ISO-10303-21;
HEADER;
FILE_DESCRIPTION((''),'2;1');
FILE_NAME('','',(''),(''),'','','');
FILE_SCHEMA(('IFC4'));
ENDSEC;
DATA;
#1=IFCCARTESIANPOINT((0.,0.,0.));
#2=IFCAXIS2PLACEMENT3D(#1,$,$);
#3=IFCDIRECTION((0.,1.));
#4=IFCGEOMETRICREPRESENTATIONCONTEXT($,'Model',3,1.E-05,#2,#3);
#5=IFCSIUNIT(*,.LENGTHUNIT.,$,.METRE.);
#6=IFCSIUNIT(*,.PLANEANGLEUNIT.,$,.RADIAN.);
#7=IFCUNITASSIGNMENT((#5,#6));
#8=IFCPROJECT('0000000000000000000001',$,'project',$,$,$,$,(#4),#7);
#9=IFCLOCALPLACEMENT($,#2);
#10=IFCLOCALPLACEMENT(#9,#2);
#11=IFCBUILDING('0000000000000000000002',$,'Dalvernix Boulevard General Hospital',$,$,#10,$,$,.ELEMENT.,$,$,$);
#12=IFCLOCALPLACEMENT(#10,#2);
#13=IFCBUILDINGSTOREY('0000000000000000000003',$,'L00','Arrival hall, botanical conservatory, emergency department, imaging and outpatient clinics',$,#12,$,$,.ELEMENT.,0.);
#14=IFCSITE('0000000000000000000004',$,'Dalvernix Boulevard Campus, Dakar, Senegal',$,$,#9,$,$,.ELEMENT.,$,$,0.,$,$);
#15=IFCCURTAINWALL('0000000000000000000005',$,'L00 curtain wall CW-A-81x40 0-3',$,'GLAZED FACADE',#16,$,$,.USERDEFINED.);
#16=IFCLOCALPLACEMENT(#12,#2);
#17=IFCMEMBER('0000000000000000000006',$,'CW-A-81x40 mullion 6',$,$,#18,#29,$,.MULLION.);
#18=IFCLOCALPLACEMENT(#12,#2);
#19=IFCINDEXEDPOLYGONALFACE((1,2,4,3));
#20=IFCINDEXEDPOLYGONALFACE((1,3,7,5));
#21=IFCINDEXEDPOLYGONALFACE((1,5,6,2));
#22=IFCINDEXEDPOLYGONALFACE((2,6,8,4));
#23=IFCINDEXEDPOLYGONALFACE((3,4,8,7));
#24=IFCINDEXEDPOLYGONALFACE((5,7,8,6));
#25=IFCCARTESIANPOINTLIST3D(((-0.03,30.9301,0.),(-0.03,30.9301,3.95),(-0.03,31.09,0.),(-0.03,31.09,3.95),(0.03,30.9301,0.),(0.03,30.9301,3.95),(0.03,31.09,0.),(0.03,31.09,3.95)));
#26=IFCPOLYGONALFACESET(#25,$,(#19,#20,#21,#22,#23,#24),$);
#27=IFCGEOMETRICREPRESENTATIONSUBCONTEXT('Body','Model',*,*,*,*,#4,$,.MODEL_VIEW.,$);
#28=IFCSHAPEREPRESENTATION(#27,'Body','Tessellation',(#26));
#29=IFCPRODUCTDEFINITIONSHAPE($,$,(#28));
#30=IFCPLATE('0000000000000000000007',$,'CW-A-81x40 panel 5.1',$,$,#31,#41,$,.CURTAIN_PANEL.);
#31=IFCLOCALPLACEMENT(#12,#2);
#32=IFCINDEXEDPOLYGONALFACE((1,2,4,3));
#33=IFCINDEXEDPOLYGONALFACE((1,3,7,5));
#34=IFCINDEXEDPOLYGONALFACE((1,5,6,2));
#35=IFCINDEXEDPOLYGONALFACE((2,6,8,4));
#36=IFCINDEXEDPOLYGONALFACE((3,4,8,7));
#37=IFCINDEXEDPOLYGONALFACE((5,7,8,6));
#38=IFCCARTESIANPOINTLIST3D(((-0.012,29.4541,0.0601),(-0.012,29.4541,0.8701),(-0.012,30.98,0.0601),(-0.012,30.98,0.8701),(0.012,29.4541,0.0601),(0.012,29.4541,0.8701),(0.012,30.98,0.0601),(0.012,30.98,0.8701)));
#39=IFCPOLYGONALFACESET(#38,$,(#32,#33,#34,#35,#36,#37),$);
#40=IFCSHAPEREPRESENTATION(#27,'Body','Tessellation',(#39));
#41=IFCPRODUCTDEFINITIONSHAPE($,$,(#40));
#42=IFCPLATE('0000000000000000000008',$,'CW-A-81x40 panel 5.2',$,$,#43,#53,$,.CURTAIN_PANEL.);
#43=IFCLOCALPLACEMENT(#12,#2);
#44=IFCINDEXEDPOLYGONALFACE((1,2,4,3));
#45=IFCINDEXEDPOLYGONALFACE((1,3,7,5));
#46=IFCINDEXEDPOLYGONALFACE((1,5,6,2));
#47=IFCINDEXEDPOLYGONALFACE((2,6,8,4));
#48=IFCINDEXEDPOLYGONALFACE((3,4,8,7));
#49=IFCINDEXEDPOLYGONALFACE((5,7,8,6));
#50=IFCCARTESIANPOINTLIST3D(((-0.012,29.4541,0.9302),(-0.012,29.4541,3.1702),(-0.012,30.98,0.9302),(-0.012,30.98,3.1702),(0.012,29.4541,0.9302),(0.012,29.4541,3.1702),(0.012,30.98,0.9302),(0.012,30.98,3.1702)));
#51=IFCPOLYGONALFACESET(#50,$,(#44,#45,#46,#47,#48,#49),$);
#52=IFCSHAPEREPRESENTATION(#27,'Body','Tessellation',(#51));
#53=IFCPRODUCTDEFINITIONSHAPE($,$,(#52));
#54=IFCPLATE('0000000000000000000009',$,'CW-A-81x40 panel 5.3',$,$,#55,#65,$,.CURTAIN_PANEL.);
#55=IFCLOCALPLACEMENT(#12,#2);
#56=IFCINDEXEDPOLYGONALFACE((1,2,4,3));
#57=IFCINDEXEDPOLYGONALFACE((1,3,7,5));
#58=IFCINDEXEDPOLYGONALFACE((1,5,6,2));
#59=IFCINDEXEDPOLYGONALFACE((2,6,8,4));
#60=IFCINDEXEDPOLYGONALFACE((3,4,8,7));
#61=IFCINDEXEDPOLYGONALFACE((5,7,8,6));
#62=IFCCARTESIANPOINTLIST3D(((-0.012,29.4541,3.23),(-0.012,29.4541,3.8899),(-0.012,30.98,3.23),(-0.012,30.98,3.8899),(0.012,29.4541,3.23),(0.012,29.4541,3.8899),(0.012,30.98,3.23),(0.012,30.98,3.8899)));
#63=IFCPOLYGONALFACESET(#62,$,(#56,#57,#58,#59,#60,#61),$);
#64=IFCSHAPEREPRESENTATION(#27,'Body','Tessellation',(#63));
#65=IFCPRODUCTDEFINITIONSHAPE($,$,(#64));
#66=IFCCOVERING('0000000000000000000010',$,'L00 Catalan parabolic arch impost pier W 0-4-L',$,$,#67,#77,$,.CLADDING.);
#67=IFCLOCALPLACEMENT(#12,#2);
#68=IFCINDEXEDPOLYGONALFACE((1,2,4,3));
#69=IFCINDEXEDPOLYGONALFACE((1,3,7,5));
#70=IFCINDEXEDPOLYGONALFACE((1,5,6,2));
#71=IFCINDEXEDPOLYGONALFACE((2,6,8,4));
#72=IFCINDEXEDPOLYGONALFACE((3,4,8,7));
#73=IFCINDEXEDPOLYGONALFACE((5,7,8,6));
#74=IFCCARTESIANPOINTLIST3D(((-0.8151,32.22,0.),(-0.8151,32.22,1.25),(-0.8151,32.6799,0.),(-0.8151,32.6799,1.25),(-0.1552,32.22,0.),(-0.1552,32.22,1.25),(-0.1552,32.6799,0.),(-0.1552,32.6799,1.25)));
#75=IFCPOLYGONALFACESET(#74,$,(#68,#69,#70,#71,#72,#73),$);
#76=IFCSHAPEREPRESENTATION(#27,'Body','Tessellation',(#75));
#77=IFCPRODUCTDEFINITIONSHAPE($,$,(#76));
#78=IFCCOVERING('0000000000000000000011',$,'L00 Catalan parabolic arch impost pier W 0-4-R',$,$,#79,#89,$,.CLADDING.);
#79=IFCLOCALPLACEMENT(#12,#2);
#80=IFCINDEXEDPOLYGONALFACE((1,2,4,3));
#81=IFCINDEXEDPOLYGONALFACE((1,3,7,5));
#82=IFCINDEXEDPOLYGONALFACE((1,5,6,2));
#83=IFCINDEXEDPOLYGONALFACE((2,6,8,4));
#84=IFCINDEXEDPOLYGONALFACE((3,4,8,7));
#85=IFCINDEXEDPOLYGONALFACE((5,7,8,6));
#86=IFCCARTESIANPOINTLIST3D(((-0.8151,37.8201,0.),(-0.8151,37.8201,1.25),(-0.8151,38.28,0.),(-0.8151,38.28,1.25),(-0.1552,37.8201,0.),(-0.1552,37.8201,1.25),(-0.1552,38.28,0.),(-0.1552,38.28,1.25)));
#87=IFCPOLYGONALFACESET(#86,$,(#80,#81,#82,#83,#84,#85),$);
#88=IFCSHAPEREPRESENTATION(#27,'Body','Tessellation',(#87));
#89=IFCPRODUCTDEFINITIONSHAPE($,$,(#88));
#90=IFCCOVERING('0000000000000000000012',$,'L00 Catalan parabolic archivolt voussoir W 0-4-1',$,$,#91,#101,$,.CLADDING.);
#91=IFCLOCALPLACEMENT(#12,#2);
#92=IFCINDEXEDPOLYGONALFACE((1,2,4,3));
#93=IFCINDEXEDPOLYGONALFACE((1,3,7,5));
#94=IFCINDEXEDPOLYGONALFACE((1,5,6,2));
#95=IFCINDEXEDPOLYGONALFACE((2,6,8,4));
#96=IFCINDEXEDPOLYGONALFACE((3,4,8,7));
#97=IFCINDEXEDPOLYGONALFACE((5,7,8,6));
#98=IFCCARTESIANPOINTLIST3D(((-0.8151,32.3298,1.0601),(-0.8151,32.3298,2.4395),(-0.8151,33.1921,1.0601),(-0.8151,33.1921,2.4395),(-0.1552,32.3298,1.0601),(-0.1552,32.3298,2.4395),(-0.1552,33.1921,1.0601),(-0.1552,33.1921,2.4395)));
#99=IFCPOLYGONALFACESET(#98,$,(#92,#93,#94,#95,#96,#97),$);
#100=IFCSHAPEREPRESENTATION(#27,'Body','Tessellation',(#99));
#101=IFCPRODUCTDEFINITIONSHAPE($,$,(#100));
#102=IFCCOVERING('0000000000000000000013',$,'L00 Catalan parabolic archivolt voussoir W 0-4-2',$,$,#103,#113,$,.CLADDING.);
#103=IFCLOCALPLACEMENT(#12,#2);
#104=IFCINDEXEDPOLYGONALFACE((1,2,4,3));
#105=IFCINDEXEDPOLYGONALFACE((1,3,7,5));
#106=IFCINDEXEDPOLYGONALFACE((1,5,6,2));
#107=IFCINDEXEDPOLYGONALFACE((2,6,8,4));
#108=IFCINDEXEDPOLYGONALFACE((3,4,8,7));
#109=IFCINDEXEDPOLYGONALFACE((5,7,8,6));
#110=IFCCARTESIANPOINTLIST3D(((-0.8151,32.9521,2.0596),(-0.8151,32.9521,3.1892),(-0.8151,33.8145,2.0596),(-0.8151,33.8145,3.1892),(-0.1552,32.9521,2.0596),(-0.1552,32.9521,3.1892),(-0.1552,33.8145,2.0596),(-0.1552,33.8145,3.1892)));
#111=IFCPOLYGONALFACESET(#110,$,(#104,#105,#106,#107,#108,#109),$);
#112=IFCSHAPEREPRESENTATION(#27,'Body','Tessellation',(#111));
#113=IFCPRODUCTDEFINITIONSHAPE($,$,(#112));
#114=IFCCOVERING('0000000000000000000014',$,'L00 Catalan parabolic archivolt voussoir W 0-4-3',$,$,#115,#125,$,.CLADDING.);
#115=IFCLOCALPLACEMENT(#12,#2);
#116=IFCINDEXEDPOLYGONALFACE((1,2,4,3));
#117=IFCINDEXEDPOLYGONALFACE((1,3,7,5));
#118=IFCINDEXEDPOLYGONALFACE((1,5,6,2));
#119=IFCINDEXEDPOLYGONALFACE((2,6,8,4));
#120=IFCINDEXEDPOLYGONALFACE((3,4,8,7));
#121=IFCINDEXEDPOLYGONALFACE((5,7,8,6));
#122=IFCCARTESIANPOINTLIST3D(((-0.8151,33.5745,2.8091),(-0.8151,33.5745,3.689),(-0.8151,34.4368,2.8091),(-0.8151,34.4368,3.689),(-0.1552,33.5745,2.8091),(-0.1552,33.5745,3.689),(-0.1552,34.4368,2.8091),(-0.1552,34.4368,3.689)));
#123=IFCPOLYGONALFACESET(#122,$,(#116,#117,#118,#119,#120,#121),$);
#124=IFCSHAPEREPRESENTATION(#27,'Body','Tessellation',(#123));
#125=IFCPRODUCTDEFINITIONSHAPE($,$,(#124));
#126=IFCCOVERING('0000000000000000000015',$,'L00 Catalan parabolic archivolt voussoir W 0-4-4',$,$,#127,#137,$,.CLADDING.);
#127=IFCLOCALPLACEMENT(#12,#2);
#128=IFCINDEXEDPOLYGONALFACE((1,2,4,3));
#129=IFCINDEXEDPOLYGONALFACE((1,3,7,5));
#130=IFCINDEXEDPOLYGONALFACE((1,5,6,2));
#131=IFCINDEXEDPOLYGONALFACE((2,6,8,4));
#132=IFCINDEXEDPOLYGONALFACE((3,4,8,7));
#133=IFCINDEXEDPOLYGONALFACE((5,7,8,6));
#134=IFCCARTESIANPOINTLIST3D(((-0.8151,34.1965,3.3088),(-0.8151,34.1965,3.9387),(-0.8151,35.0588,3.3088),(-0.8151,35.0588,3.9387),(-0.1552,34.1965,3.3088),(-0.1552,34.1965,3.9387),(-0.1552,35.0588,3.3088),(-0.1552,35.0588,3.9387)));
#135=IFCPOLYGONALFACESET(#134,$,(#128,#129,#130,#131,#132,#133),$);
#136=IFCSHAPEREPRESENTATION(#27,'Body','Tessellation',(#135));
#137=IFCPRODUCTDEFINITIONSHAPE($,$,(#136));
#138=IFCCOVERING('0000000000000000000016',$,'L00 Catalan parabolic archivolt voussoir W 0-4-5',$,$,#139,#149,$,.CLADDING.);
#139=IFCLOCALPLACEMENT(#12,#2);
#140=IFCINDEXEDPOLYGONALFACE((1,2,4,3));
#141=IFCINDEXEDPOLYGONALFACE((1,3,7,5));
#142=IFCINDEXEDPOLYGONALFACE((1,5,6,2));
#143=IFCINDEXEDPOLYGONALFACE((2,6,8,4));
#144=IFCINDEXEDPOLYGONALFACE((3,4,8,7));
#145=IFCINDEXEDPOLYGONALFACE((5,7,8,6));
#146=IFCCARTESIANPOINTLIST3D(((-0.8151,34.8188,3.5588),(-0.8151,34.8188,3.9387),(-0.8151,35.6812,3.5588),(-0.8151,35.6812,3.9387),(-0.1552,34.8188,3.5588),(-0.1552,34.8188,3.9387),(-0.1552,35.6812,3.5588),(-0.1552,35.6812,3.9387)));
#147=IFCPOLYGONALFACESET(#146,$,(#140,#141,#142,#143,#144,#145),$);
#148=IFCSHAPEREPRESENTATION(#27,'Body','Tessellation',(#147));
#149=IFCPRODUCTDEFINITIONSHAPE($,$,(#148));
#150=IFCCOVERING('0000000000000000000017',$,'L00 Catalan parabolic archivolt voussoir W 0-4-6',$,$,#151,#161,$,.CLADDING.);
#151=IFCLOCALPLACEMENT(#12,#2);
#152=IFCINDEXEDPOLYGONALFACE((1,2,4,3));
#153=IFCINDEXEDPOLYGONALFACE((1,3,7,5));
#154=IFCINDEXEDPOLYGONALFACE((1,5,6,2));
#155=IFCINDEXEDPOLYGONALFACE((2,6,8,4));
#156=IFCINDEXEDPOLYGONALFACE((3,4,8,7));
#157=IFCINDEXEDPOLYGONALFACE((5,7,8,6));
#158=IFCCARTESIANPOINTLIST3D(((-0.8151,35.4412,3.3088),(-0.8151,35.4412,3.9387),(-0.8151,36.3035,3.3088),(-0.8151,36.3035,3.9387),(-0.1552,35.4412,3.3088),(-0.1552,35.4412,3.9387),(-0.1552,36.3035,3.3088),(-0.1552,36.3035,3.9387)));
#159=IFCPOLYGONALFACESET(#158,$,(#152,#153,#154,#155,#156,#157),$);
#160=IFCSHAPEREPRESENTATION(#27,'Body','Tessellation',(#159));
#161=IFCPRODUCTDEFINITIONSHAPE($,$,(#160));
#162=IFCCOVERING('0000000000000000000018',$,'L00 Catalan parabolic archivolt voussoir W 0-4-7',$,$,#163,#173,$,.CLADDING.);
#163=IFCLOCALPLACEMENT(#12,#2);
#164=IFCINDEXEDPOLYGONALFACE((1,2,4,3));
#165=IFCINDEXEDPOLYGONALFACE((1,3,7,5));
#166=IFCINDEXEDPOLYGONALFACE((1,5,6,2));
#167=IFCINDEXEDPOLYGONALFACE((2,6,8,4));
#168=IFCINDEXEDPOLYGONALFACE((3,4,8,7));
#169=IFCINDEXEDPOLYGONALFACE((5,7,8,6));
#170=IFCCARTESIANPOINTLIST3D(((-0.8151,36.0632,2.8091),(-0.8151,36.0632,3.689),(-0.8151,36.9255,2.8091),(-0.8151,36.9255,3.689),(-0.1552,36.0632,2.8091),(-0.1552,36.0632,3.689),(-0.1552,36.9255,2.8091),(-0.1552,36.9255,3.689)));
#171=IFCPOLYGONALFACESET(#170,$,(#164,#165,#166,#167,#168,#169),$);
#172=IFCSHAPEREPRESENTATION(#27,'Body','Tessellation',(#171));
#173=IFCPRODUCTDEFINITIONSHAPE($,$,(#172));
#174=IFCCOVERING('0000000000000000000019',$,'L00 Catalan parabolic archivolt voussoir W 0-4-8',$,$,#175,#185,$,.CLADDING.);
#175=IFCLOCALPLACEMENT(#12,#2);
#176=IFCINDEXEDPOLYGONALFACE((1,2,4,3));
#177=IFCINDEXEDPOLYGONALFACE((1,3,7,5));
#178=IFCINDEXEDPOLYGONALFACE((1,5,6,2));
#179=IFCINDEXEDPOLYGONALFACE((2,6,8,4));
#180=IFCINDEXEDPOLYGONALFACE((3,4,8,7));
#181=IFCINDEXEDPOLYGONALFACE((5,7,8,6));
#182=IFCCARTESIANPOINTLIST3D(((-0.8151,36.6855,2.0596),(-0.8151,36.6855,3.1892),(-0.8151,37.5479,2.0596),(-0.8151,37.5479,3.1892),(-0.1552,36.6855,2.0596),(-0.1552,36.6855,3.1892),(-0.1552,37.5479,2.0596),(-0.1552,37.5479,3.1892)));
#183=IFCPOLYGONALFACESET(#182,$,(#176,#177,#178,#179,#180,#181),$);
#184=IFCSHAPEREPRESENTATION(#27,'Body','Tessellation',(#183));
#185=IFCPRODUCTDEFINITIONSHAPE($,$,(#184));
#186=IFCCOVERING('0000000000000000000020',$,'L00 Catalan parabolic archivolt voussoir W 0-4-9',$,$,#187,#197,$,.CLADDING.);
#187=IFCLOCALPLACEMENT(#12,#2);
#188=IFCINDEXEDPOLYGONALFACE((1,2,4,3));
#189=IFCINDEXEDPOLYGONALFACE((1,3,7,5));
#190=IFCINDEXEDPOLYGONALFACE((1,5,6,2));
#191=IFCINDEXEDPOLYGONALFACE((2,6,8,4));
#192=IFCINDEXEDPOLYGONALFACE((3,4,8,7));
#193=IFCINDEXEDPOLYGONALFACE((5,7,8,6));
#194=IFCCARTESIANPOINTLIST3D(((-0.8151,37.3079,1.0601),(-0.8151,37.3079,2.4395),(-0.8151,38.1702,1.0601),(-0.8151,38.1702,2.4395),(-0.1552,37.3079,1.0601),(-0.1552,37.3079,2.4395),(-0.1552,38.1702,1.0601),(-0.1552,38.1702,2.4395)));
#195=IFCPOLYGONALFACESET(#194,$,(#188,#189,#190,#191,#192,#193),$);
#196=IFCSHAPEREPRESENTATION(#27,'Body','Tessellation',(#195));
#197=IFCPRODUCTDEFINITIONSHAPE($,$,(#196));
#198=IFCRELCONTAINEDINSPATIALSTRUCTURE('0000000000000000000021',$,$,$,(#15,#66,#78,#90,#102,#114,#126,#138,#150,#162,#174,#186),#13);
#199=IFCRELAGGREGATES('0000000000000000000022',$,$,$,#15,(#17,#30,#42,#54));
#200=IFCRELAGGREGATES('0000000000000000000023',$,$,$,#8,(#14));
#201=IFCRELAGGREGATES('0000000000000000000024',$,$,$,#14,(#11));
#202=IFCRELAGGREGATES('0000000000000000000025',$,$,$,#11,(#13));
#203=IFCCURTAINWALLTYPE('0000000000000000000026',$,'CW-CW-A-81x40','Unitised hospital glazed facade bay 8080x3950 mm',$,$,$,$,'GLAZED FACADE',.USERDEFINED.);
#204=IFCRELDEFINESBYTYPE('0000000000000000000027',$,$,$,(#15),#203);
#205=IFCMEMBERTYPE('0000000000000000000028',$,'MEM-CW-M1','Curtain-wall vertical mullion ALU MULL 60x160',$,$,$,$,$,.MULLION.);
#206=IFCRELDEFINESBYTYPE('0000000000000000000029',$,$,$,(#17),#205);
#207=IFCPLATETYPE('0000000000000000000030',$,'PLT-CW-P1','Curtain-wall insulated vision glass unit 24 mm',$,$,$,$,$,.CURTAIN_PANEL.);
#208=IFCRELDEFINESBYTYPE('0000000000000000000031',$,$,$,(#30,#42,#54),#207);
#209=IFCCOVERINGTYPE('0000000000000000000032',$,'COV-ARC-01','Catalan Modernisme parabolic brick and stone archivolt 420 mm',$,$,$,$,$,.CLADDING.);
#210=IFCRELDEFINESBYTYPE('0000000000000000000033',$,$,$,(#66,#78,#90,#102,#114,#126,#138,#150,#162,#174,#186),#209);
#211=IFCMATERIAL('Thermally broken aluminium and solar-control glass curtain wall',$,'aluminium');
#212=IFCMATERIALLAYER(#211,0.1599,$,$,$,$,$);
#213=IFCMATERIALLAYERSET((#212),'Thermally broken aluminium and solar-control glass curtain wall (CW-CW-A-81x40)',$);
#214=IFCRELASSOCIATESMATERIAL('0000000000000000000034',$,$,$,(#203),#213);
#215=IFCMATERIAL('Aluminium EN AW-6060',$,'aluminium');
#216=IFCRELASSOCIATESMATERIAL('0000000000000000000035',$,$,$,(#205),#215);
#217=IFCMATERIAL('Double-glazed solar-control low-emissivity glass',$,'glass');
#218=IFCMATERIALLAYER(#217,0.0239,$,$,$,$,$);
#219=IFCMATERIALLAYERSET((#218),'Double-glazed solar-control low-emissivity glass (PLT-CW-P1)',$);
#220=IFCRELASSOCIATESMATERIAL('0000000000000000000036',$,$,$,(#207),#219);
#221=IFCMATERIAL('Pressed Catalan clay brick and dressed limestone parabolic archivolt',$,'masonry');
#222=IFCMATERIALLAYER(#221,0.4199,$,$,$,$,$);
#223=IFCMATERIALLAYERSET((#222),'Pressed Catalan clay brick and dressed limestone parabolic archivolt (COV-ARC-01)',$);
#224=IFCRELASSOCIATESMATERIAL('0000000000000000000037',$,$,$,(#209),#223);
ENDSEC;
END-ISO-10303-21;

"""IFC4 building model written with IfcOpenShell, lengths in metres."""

from ifc_helpers import new_model, si_unit, direction, frame, origin, origin_2d, place, context, subcontext, project, spatial, rectangle, extrude, material, layer, layer_set, material_profile, profile_set, type_object, element, aggregate, save


model = new_model("IFC4")

# Units and contexts
model_context = context("Model", 3, precision=1e-05, world=origin(), true_north=direction((0.0, 1.0)))
body_context = subcontext(model_context, "Body", "Model", "MODEL_VIEW")
ifc_project = project(units=[si_unit("LENGTHUNIT", "METRE"), si_unit("PLANEANGLEUNIT", "RADIAN")], contexts=[model_context])

# Site, building, storey
site_placement = place(None, origin())
site = spatial("IfcSite", under=ifc_project, at=site_placement, Name="Dalvernix Boulevard Campus, Dakar, Senegal", CompositionType="ELEMENT", RefElevation=0.0)
building_placement = place(site_placement, origin())
building = spatial("IfcBuilding", under=site, at=building_placement, Name="Dalvernix Boulevard General Hospital", CompositionType="ELEMENT")
storey_placement = place(building_placement, origin())
storey = spatial("IfcBuildingStorey", under=building, at=storey_placement, Name="L00", Description="Arrival hall, botanical conservatory, emergency department, imaging and outpatient clinics", CompositionType="ELEMENT", Elevation=0.0)

# Curtain wall, member, plates
ifc_material_1 = material(Name="Thermally broken aluminium and solar-control glass curtain wall", Category="aluminium")
ifc_layer_1 = layer(ifc_material_1, 0.1599)
ifc_layer_set_1 = layer_set([ifc_layer_1], Name="Thermally broken aluminium and solar-control glass curtain wall (CW-CW-A-81x40)")
curtain_wall_type = type_object("IfcCurtainWallType", Name="CW-CW-A-81x40", Description="Unitised hospital glazed facade bay 8080x3950 mm", ElementType="GLAZED FACADE", PredefinedType="USERDEFINED", material=ifc_layer_set_1)
curtain_wall_placement = place(storey_placement, origin())
curtain_wall = element("IfcCurtainWall", 1, at=curtain_wall_placement, inside=storey, type_object=curtain_wall_type, Name="L00 curtain wall CW-A-81x40 0-3", ObjectType="GLAZED FACADE", PredefinedType="USERDEFINED")
ifc_material_2 = material(Name="Aluminium EN AW-6060", Category="aluminium")
ifc_material_profile = material_profile(ifc_material_2, rectangle(XDim=0.0601, YDim=0.1599, at=origin_2d()), Name="ALU MULL 60x160")
ifc_profile_set = profile_set([ifc_material_profile], Name="Aluminium EN AW-6060")
member_type = type_object("IfcMemberType", Name="MEM-CW-M1", Description="Curtain-wall vertical mullion ALU MULL 60x160", PredefinedType="MULLION", material=ifc_profile_set)
member_placement = place(storey_placement, frame((0.0, 31.01, 0.0), z_axis=(0.0, 0.0, 1.0), x_axis=(-1.0, 0.0, 0.0)))
member = element("IfcMember", 2, at=member_placement, type_object=member_type, Name="CW-A-81x40 mullion 6", PredefinedType="MULLION", context=body_context, shape_type="SweptSolid", body=[
    extrude(rectangle(XDim=0.0601, YDim=0.1599, at=origin_2d()), origin(), (0.0, 0.0, 1.0), 3.95),
])
ifc_material_3 = material(Name="Double-glazed solar-control low-emissivity glass", Category="glass")
ifc_layer_2 = layer(ifc_material_3, 0.0239)
ifc_layer_set_2 = layer_set([ifc_layer_2], Name="Double-glazed solar-control low-emissivity glass (PLT-CW-P1)")
plate_type = type_object("IfcPlateType", Name="PLT-CW-P1", Description="Curtain-wall insulated vision glass unit 24 mm", PredefinedType="CURTAIN_PANEL", material=ifc_layer_set_2)
plate_1_placement = place(storey_placement, frame((0.0, 30.217, 0.0601), z_axis=(0.0, 0.0, 1.0), x_axis=(0.0, 1.0, 0.0)))
plate_1 = element("IfcPlate", 3, at=plate_1_placement, type_object=plate_type, Name="CW-A-81x40 panel 5.1", PredefinedType="CURTAIN_PANEL", context=body_context, shape_type="SweptSolid", body=[
    extrude(rectangle(XDim=1.5259, YDim=0.0239, at=origin_2d()), origin(), (0.0, 0.0, 1.0), 0.8101),
])
plate_2_placement = place(storey_placement, frame((0.0, 30.217, 0.9302), z_axis=(0.0, 0.0, 1.0), x_axis=(0.0, 1.0, 0.0)))
plate_2 = element("IfcPlate", 4, at=plate_2_placement, type_object=plate_type, Name="CW-A-81x40 panel 5.2", PredefinedType="CURTAIN_PANEL", context=body_context, shape_type="SweptSolid", body=[
    extrude(rectangle(XDim=1.5259, YDim=0.0239, at=origin_2d()), origin(), (0.0, 0.0, 1.0), 2.24),
])
plate_3_placement = place(storey_placement, frame((0.0, 30.217, 3.23), z_axis=(0.0, 0.0, 1.0), x_axis=(0.0, 1.0, 0.0)))
plate_3 = element("IfcPlate", 5, at=plate_3_placement, type_object=plate_type, Name="CW-A-81x40 panel 5.3", PredefinedType="CURTAIN_PANEL", context=body_context, shape_type="SweptSolid", body=[
    extrude(rectangle(XDim=1.5259, YDim=0.0239, at=origin_2d()), origin(), (0.0, 0.0, 1.0), 0.6599),
])
aggregate(curtain_wall, [member, plate_1, plate_2, plate_3])

# Coverings
ifc_material_4 = material(Name="Pressed Catalan clay brick and dressed limestone parabolic archivolt", Category="masonry")
ifc_layer_3 = layer(ifc_material_4, 0.4199)
ifc_layer_set_3 = layer_set([ifc_layer_3], Name="Pressed Catalan clay brick and dressed limestone parabolic archivolt (COV-ARC-01)")
covering_type_1 = type_object("IfcCoveringType", Name="COV-ARC-01", Description="Catalan Modernisme parabolic brick and stone archivolt 420 mm", PredefinedType="CLADDING", material=ifc_layer_set_3)
for number, where, z_axis, x_axis, name in (
    (6, (-0.4851, 32.45, 0.0), (0.0, 0.0, 1.0), (0.0, 1.0, 0.0), "L00 Catalan parabolic arch impost pier W 0-4-L"),
    (7, (-0.4851, 38.05, 0.0), (0.0, 0.0, 1.0), (0.0, 1.0, 0.0), "L00 Catalan parabolic arch impost pier W 0-4-R"),
):
    element("IfcCovering", number, at=place(storey_placement, frame(where, z_axis=z_axis, x_axis=x_axis)), inside=storey, type_object=covering_type_1, Name=name, PredefinedType="CLADDING", context=body_context, shape_type="SweptSolid", body=[
        extrude(rectangle(XDim=0.46, YDim=0.6599, at=origin_2d()), origin(), (0.0, 0.0, 1.0), 1.25),
    ])
covering_1_placement = place(storey_placement, frame((-0.4851, 32.761, 1.0601), z_axis=(0.0, 0.0, 1.0), x_axis=(0.0, 1.0, 0.0)))
element("IfcCovering", 8, at=covering_1_placement, inside=storey, type_object=covering_type_1, Name="L00 Catalan parabolic archivolt voussoir W 0-4-1", PredefinedType="CLADDING", context=body_context, shape_type="SweptSolid", body=[
    extrude(rectangle(XDim=0.8623, YDim=0.6599, at=origin_2d()), origin(), (0.0, 0.0, 1.0), 1.3794),
])
covering_2_placement = place(storey_placement, frame((-0.4851, 33.3833, 2.0596), z_axis=(0.0, 0.0, 1.0), x_axis=(0.0, 1.0, 0.0)))
element("IfcCovering", 9, at=covering_2_placement, inside=storey, type_object=covering_type_1, Name="L00 Catalan parabolic archivolt voussoir W 0-4-2", PredefinedType="CLADDING", context=body_context, shape_type="SweptSolid", body=[
    extrude(rectangle(XDim=0.8623, YDim=0.6599, at=origin_2d()), origin(), (0.0, 0.0, 1.0), 1.1296),
])
covering_3_placement = place(storey_placement, frame((-0.4851, 34.0056, 2.8091), z_axis=(0.0, 0.0, 1.0), x_axis=(0.0, 1.0, 0.0)))
element("IfcCovering", 10, at=covering_3_placement, inside=storey, type_object=covering_type_1, Name="L00 Catalan parabolic archivolt voussoir W 0-4-3", PredefinedType="CLADDING", context=body_context, shape_type="SweptSolid", body=[
    extrude(rectangle(XDim=0.8623, YDim=0.6599, at=origin_2d()), origin(), (0.0, 0.0, 1.0), 0.8799),
])
covering_4_placement = place(storey_placement, frame((-0.4851, 34.6277, 3.3088), z_axis=(0.0, 0.0, 1.0), x_axis=(0.0, 1.0, 0.0)))
element("IfcCovering", 11, at=covering_4_placement, inside=storey, type_object=covering_type_1, Name="L00 Catalan parabolic archivolt voussoir W 0-4-4", PredefinedType="CLADDING", context=body_context, shape_type="SweptSolid", body=[
    extrude(rectangle(XDim=0.8623, YDim=0.6599, at=origin_2d()), origin(), (0.0, 0.0, 1.0), 0.6299),
])
covering_5_placement = place(storey_placement, frame((-0.4851, 35.25, 3.5588), z_axis=(0.0, 0.0, 1.0), x_axis=(0.0, 1.0, 0.0)))
element("IfcCovering", 12, at=covering_5_placement, inside=storey, type_object=covering_type_1, Name="L00 Catalan parabolic archivolt voussoir W 0-4-5", PredefinedType="CLADDING", context=body_context, shape_type="SweptSolid", body=[
    extrude(rectangle(XDim=0.8623, YDim=0.6599, at=origin_2d()), origin(), (0.0, 0.0, 1.0), 0.3799),
])
covering_6_placement = place(storey_placement, frame((-0.4851, 35.8723, 3.3088), z_axis=(0.0, 0.0, 1.0), x_axis=(0.0, 1.0, 0.0)))
element("IfcCovering", 13, at=covering_6_placement, inside=storey, type_object=covering_type_1, Name="L00 Catalan parabolic archivolt voussoir W 0-4-6", PredefinedType="CLADDING", context=body_context, shape_type="SweptSolid", body=[
    extrude(rectangle(XDim=0.8623, YDim=0.6599, at=origin_2d()), origin(), (0.0, 0.0, 1.0), 0.6299),
])
covering_7_placement = place(storey_placement, frame((-0.4851, 36.4944, 2.8091), z_axis=(0.0, 0.0, 1.0), x_axis=(0.0, 1.0, 0.0)))
element("IfcCovering", 14, at=covering_7_placement, inside=storey, type_object=covering_type_1, Name="L00 Catalan parabolic archivolt voussoir W 0-4-7", PredefinedType="CLADDING", context=body_context, shape_type="SweptSolid", body=[
    extrude(rectangle(XDim=0.8623, YDim=0.6599, at=origin_2d()), origin(), (0.0, 0.0, 1.0), 0.8799),
])
covering_8_placement = place(storey_placement, frame((-0.4851, 37.1167, 2.0596), z_axis=(0.0, 0.0, 1.0), x_axis=(0.0, 1.0, 0.0)))
element("IfcCovering", 15, at=covering_8_placement, inside=storey, type_object=covering_type_1, Name="L00 Catalan parabolic archivolt voussoir W 0-4-8", PredefinedType="CLADDING", context=body_context, shape_type="SweptSolid", body=[
    extrude(rectangle(XDim=0.8623, YDim=0.6599, at=origin_2d()), origin(), (0.0, 0.0, 1.0), 1.1296),
])
covering_9_placement = place(storey_placement, frame((-0.4851, 37.739, 1.0601), z_axis=(0.0, 0.0, 1.0), x_axis=(0.0, 1.0, 0.0)))
element("IfcCovering", 16, at=covering_9_placement, inside=storey, type_object=covering_type_1, Name="L00 Catalan parabolic archivolt voussoir W 0-4-9", PredefinedType="CLADDING", context=body_context, shape_type="SweptSolid", body=[
    extrude(rectangle(XDim=0.8623, YDim=0.6599, at=origin_2d()), origin(), (0.0, 0.0, 1.0), 1.3794),
])

save(model, "model.ifc")
